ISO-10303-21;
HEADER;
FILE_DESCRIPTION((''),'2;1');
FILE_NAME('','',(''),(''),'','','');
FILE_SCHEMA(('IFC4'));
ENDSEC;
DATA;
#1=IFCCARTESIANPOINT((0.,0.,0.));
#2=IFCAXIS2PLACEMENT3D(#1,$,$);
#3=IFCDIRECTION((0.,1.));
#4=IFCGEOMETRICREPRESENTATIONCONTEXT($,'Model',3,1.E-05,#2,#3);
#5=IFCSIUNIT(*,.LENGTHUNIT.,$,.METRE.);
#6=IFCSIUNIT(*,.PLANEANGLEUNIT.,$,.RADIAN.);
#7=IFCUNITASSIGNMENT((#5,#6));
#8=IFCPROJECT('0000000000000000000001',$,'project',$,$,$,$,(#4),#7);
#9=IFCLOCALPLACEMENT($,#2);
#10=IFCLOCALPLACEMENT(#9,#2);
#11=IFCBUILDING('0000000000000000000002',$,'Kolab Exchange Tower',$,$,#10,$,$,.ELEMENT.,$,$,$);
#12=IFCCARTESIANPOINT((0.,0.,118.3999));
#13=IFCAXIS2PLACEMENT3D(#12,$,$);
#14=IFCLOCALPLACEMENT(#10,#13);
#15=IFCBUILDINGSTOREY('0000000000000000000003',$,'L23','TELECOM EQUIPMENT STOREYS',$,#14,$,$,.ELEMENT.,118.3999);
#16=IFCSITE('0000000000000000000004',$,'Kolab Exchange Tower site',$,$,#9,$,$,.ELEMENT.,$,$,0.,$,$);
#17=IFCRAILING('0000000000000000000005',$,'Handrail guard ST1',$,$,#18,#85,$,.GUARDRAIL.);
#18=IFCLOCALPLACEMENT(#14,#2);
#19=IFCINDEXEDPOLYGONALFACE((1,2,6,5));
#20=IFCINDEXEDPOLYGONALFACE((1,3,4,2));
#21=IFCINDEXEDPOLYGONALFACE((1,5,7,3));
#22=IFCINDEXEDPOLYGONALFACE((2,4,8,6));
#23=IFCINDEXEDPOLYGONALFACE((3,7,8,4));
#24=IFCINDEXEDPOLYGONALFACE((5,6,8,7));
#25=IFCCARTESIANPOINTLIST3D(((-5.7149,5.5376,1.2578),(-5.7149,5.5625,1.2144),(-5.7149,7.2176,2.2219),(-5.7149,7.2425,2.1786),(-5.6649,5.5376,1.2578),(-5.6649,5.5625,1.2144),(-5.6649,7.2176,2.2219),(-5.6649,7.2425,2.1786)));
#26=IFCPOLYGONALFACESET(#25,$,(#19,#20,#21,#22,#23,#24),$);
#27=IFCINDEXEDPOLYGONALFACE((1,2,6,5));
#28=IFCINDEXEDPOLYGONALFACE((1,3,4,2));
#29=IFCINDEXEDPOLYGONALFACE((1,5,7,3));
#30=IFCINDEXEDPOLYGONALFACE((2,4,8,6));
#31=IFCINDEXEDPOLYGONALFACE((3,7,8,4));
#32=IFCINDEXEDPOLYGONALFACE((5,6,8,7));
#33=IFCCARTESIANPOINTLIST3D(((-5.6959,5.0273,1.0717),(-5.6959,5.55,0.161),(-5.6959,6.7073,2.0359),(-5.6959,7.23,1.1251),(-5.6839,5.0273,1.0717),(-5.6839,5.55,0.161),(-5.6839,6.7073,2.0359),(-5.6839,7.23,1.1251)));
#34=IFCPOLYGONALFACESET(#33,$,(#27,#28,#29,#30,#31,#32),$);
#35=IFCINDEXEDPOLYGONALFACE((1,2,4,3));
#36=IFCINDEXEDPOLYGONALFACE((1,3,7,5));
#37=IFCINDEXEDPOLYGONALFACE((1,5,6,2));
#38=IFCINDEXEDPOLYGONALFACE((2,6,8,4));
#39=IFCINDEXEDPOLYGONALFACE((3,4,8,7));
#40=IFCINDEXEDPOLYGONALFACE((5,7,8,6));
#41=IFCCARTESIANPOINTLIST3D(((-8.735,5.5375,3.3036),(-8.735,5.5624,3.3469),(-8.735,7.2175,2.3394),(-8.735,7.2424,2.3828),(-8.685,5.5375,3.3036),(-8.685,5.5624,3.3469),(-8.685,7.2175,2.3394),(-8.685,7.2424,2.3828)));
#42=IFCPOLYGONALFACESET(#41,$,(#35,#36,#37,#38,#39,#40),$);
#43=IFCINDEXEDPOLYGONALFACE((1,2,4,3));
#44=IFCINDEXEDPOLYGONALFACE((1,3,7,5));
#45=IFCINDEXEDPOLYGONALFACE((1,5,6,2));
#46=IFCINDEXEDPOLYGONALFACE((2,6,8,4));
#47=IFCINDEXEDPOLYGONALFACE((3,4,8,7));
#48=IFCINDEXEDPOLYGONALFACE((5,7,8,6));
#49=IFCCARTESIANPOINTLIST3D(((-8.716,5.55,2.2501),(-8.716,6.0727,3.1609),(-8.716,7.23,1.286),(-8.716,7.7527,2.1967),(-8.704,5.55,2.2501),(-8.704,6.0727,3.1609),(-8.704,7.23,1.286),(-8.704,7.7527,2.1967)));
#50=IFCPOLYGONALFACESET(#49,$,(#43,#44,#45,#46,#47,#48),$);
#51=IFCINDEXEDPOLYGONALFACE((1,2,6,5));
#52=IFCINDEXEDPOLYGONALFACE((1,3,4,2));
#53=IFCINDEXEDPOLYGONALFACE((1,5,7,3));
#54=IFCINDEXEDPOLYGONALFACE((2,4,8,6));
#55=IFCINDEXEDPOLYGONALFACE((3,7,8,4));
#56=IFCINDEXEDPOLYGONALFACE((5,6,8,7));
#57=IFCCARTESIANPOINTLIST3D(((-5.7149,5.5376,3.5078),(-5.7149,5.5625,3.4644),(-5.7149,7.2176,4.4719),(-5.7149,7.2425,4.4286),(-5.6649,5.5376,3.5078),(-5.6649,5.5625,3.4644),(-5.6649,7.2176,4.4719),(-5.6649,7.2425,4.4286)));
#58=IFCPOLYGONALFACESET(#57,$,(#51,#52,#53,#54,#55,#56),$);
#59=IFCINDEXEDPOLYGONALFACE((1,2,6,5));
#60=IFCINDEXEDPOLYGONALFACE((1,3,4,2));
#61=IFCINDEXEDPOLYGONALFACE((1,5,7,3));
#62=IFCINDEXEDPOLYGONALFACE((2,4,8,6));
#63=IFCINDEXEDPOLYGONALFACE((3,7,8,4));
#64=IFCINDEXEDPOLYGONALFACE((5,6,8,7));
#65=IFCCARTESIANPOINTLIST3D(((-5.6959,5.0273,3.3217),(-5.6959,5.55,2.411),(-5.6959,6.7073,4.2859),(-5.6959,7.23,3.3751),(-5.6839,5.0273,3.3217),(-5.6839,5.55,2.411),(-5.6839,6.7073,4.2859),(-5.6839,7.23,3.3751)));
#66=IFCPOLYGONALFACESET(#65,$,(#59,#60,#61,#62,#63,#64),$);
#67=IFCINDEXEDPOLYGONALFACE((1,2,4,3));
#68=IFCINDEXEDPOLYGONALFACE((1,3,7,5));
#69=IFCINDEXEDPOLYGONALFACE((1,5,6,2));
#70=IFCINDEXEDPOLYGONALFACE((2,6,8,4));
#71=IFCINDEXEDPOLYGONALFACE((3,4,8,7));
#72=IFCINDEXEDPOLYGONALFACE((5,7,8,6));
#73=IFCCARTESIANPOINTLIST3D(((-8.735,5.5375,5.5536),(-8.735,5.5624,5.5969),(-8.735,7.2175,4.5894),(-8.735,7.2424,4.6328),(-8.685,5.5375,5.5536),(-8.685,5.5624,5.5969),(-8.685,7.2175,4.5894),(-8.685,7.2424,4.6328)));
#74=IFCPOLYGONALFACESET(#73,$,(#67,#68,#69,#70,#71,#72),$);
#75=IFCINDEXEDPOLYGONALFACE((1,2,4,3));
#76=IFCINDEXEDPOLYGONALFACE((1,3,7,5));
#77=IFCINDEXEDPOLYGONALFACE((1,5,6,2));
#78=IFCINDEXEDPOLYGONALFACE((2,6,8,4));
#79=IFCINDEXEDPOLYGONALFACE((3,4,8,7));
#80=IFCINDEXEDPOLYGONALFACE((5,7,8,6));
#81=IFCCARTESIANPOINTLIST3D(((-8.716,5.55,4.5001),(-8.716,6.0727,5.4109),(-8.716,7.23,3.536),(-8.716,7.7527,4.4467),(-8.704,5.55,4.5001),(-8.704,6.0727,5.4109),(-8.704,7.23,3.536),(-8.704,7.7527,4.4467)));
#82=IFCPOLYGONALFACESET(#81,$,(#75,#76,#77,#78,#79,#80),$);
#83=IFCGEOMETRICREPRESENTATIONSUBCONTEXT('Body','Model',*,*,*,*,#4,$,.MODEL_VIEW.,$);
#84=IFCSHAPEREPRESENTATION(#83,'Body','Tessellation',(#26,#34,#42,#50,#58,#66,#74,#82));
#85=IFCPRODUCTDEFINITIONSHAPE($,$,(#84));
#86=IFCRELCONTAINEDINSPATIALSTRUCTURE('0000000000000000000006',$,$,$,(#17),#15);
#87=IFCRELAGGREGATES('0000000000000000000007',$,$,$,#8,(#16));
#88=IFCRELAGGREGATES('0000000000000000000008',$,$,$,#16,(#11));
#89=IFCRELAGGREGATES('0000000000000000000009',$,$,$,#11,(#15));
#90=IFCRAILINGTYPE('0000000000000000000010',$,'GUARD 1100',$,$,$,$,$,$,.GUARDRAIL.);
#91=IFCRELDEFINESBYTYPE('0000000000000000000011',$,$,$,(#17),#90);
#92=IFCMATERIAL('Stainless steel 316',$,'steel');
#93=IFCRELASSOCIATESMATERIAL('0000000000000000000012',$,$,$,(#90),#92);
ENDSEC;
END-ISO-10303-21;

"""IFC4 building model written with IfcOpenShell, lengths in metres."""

from ifc_helpers import new_model, si_unit, direction, frame, frame_2d, origin, origin_2d, place, context, subcontext, project, spatial, rectangle, extrude, material, type_object, element, save


model = new_model("IFC4")

# Units and contexts
model_context = context("Model", 3, precision=1e-05, world=origin(), true_north=direction((0.0, 1.0)))
body_context = subcontext(model_context, "Body", "Model", "MODEL_VIEW")
ifc_project = project(units=[si_unit("LENGTHUNIT", "METRE"), si_unit("PLANEANGLEUNIT", "RADIAN")], contexts=[model_context])

# Site, building, storey
site_placement = place(None, origin())
site = spatial("IfcSite", under=ifc_project, at=site_placement, Name="Kolab Exchange Tower site", CompositionType="ELEMENT", RefElevation=0.0)
building_placement = place(site_placement, origin())
building = spatial("IfcBuilding", under=site, at=building_placement, Name="Kolab Exchange Tower", CompositionType="ELEMENT")
storey_placement = place(building_placement, frame((0.0, 0.0, 118.3999)))
storey = spatial("IfcBuildingStorey", under=building, at=storey_placement, Name="L23", Description="TELECOM EQUIPMENT STOREYS", CompositionType="ELEMENT", Elevation=118.3999)

# Railing
ifc_material_1 = material(Name="Stainless steel 316", Category="steel")
railing_type = type_object("IfcRailingType", Name="GUARD 1100", PredefinedType="GUARDRAIL", material=ifc_material_1)
railing_placement = place(storey_placement, frame((-5.6899, 5.55, 0.1609)))
element("IfcRailing", 1, at=railing_placement, inside=storey, type_object=railing_type, Name="Handrail guard ST1", PredefinedType="GUARDRAIL", context=body_context, shape_type="SweptSolid", body=[
    extrude(rectangle(XDim=0.05, YDim=0.05, at=origin_2d()), frame((0.0, 0.0, 1.0752), z_axis=(0.0, 0.867319, 0.497753), x_axis=(-1.0, 0.0, 0.0)), (0.0, 0.0, 1.0), 1.937),
    extrude(rectangle(XDim=0.012, YDim=1.0501, at=frame_2d((0.0, 0.5251))), frame((0.0, 0.0, 0.0), z_axis=(0.0, 0.867319, 0.497753), x_axis=(-1.0, 0.0, 0.0)), (0.0, 0.0, 1.0), 1.937),
    extrude(rectangle(XDim=0.05, YDim=0.05, at=origin_2d()), frame((-3.02, 1.6799, 2.2002), z_axis=(0.0, -0.867319, 0.497753), x_axis=(1.0, 0.0, 0.0)), (0.0, 0.0, 1.0), 1.937),
    extrude(rectangle(XDim=0.012, YDim=1.0501, at=frame_2d((0.0, 0.5251))), frame((-3.02, 1.6799, 1.125), z_axis=(0.0, -0.867319, 0.497753), x_axis=(1.0, 0.0, 0.0)), (0.0, 0.0, 1.0), 1.937),
    extrude(rectangle(XDim=0.05, YDim=0.05, at=origin_2d()), frame((0.0, 0.0, 3.3252), z_axis=(0.0, 0.867319, 0.497753), x_axis=(-1.0, 0.0, 0.0)), (0.0, 0.0, 1.0), 1.937),
    extrude(rectangle(XDim=0.012, YDim=1.0501, at=frame_2d((0.0, 0.5251))), frame((0.0, 0.0, 2.25), z_axis=(0.0, 0.867319, 0.497753), x_axis=(-1.0, 0.0, 0.0)), (0.0, 0.0, 1.0), 1.937),
    extrude(rectangle(XDim=0.05, YDim=0.05, at=origin_2d()), frame((-3.02, 1.6799, 4.4502), z_axis=(0.0, -0.867319, 0.497753), x_axis=(1.0, 0.0, 0.0)), (0.0, 0.0, 1.0), 1.937),
    extrude(rectangle(XDim=0.012, YDim=1.0501, at=frame_2d((0.0, 0.5251))), frame((-3.02, 1.6799, 3.375), z_axis=(0.0, -0.867319, 0.497753), x_axis=(1.0, 0.0, 0.0)), (0.0, 0.0, 1.0), 1.937),
])

save(model, "model.ifc")
